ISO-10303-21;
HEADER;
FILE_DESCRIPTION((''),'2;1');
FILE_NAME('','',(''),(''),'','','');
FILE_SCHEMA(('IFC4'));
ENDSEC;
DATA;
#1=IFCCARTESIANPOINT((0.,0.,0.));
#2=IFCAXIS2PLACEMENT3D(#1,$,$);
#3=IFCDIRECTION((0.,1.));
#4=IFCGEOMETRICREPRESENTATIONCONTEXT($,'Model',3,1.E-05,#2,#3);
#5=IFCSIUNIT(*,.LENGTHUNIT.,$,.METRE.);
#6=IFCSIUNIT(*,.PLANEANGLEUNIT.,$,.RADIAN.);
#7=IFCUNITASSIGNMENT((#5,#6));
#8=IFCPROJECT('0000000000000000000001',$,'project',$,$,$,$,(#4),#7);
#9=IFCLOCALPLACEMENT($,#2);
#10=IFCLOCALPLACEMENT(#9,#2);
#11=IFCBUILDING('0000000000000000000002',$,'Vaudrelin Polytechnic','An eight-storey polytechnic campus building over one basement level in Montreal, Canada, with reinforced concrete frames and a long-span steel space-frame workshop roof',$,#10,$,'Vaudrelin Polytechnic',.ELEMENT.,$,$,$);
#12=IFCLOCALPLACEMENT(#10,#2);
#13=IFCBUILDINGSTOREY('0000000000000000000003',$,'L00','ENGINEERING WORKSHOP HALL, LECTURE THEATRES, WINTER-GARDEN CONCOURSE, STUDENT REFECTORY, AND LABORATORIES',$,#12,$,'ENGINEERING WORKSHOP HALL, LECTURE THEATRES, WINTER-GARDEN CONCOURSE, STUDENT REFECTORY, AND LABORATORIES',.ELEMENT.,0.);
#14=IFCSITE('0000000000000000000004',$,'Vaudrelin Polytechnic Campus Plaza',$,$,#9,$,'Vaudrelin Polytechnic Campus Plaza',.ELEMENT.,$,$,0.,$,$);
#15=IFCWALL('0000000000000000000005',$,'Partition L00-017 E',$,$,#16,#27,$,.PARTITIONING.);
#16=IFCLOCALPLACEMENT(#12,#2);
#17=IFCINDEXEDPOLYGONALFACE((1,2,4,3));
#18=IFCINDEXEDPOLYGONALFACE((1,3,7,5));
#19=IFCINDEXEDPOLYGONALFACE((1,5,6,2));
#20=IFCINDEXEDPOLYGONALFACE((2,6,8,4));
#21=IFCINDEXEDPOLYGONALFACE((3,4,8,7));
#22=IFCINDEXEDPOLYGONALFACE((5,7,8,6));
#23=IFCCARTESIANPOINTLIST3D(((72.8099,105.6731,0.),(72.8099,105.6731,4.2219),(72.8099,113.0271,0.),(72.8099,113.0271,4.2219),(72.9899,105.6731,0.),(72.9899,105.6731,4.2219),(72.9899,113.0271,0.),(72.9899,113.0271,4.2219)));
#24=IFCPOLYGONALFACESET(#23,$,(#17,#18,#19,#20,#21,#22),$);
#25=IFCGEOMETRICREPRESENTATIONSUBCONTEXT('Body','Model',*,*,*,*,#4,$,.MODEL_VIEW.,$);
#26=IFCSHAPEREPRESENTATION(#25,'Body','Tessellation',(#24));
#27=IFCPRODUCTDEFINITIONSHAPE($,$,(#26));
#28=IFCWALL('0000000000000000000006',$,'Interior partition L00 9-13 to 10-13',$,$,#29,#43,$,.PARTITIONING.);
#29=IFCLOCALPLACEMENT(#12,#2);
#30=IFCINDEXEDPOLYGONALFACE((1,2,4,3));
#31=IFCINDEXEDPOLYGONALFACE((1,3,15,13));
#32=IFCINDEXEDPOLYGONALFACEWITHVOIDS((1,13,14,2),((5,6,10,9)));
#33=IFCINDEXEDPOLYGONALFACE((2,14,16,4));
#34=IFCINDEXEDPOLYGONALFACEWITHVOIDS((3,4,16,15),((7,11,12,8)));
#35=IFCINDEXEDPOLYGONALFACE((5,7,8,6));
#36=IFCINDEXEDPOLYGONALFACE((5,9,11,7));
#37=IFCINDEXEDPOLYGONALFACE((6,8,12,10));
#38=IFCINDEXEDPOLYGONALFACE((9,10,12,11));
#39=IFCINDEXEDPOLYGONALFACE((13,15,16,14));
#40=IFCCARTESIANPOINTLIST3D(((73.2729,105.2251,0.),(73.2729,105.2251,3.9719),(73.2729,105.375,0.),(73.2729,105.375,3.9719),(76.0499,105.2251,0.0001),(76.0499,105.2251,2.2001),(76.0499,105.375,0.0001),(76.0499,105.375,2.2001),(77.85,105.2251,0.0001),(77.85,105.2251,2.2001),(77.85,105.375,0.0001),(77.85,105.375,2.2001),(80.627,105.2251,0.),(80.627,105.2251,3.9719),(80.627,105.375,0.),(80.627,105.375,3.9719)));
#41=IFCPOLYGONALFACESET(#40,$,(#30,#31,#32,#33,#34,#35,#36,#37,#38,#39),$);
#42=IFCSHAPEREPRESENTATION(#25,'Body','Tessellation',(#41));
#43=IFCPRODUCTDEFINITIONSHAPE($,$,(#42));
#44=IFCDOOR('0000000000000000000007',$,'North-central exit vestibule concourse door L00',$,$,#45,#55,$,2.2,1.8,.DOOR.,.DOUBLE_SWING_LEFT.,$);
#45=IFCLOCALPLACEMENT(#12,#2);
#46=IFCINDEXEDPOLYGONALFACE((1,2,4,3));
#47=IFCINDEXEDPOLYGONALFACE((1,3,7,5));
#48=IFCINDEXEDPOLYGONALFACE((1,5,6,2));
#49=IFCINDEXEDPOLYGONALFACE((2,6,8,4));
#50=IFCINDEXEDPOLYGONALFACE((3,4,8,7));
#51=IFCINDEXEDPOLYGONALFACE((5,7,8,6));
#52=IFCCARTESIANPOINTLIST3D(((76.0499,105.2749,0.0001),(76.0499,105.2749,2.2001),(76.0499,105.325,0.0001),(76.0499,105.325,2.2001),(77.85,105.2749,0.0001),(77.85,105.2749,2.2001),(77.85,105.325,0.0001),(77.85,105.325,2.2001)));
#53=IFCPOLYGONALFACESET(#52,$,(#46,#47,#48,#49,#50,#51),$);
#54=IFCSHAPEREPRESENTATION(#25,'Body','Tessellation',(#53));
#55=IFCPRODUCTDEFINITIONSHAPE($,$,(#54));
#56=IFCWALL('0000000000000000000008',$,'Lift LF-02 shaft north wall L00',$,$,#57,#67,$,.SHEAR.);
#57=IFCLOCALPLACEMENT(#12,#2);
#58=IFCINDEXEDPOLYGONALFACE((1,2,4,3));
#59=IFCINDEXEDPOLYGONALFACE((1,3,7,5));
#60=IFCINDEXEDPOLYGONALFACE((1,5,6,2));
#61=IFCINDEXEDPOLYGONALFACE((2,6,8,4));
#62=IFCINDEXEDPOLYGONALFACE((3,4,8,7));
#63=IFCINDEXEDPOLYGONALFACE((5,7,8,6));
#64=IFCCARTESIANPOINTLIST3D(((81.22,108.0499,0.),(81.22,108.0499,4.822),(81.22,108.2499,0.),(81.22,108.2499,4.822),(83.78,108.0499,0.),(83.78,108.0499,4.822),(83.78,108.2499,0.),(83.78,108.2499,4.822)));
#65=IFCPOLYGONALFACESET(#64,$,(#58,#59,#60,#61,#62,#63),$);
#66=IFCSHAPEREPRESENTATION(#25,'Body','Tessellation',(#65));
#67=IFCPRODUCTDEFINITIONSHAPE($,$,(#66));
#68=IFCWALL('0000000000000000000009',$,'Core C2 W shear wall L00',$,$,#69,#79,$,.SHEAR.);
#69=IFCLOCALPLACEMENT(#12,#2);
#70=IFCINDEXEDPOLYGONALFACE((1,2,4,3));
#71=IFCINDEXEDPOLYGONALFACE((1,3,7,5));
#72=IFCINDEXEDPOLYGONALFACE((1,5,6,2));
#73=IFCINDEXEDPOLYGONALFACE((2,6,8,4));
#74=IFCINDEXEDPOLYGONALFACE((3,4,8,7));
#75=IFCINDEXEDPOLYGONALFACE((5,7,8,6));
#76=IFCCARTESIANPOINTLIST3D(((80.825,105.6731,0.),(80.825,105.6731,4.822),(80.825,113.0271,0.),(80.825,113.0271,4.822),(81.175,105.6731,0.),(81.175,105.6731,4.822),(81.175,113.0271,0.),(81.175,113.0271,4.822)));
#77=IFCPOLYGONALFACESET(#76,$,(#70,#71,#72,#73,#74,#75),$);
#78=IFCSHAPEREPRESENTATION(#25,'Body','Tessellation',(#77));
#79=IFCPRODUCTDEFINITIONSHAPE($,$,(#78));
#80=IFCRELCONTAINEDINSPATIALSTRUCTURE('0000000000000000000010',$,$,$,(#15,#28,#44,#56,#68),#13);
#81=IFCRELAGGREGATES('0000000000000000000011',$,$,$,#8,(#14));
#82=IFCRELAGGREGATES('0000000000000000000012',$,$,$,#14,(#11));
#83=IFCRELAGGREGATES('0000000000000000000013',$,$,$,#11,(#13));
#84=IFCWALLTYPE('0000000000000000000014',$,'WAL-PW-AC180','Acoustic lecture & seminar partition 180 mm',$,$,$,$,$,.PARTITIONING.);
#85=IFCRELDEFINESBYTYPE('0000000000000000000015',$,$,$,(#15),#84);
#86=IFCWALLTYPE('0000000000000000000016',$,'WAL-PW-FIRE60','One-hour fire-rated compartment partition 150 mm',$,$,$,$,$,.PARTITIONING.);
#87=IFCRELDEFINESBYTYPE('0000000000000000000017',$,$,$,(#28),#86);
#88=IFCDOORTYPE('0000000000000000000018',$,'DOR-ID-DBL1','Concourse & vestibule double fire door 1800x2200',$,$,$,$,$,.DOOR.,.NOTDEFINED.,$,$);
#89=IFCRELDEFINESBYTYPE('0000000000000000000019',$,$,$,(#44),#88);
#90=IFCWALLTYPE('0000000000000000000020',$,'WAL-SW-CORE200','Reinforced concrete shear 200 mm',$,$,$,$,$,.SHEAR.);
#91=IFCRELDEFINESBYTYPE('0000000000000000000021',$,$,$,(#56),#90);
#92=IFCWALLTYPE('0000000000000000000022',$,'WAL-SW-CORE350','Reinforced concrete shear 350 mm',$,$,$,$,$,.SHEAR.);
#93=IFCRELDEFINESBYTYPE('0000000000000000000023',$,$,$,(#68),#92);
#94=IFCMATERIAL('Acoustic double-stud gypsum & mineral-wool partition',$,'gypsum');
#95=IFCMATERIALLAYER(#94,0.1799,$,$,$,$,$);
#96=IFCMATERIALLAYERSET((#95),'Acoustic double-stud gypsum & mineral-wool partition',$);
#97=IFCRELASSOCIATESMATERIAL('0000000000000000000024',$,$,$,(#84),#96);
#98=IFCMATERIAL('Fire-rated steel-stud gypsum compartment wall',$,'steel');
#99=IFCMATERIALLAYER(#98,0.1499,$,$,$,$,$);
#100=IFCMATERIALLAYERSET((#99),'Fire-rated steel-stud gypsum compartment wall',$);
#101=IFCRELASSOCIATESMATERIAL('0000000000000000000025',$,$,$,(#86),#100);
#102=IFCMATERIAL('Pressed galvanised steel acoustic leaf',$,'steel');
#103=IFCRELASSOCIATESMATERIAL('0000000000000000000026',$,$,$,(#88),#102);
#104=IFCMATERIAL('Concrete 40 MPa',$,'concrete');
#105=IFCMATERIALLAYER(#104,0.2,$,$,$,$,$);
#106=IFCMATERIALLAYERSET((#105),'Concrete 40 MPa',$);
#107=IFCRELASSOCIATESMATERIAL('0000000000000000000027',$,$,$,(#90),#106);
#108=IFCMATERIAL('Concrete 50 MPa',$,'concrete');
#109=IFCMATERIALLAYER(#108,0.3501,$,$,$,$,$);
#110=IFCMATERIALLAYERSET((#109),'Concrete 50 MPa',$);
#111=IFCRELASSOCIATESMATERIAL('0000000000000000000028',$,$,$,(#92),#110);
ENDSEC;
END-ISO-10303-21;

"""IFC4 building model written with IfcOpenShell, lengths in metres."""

from ifc_helpers import new_model, si_unit, direction, frame, frame_2d, origin, place, context, subcontext, project, spatial, rectangle, extrude, material, layer, layer_set, type_object, element, fill, save


model = new_model("IFC4")

# Units and contexts
model_context = context("Model", 3, precision=1e-05, world=origin(), true_north=direction((0.0, 1.0)))
body_context = subcontext(model_context, "Body", "Model", "MODEL_VIEW")
ifc_project = project(units=[si_unit("LENGTHUNIT", "METRE"), si_unit("PLANEANGLEUNIT", "RADIAN")], contexts=[model_context])

# Site, building, storey
site_placement = place(None, origin())
site = spatial("IfcSite", under=ifc_project, at=site_placement, Name="Vaudrelin Polytechnic Campus Plaza", LongName="Vaudrelin Polytechnic Campus Plaza", CompositionType="ELEMENT", RefElevation=0.0)
building_placement = place(site_placement, origin())
building = spatial("IfcBuilding", under=site, at=building_placement, Name="Vaudrelin Polytechnic", Description="An eight-storey polytechnic campus building over one basement level in Montreal, Canada, with reinforced concrete frames and a long-span steel space-frame workshop roof", LongName="Vaudrelin Polytechnic", CompositionType="ELEMENT")
storey_placement = place(building_placement, origin())
storey = spatial("IfcBuildingStorey", under=building, at=storey_placement, Name="L00", Description="ENGINEERING WORKSHOP HALL, LECTURE THEATRES, WINTER-GARDEN CONCOURSE, STUDENT REFECTORY, AND LABORATORIES", LongName="ENGINEERING WORKSHOP HALL, LECTURE THEATRES, WINTER-GARDEN CONCOURSE, STUDENT REFECTORY, AND LABORATORIES", CompositionType="ELEMENT", Elevation=0.0)

# Shared definitions
ifc_material_1 = material(Name="Concrete 50 MPa", Category="concrete")

# Shared definitions
ifc_material_2 = material(Name="Concrete 40 MPa", Category="concrete")

# Shared definitions
ifc_material_3 = material(Name="Acoustic double-stud gypsum & mineral-wool partition", Category="gypsum")
ifc_layer_1 = layer(ifc_material_3, 0.1799)
ifc_layer_set_1 = layer_set([ifc_layer_1], Name="Acoustic double-stud gypsum & mineral-wool partition")
wall_type_1 = type_object("IfcWallType", Name="WAL-PW-AC180", Description="Acoustic lecture & seminar partition 180 mm", PredefinedType="PARTITIONING", material=ifc_layer_set_1)

# Wall
wall_1_placement = place(storey_placement, frame((72.8999, 105.6731, 0.0), z_axis=(0.0, 0.0, 1.0), x_axis=(0.0, 1.0, 0.0)))
element("IfcWall", 1, at=wall_1_placement, inside=storey, type_object=wall_type_1, Name="Partition L00-017 E", PredefinedType="PARTITIONING", context=body_context, shape_type="SweptSolid", body=[
    extrude(rectangle(XDim=7.354, YDim=0.1799, at=frame_2d((3.677, 0.0))), origin(), (0.0, 0.0, 1.0), 4.2219),
])

# Wall, opening, door
ifc_material_4 = material(Name="Fire-rated steel-stud gypsum compartment wall", Category="steel")
ifc_layer_2 = layer(ifc_material_4, 0.1499)
ifc_layer_set_2 = layer_set([ifc_layer_2], Name="Fire-rated steel-stud gypsum compartment wall")
wall_type_2 = type_object("IfcWallType", Name="WAL-PW-FIRE60", Description="One-hour fire-rated compartment partition 150 mm", PredefinedType="PARTITIONING", material=ifc_layer_set_2)
wall_2_placement = place(storey_placement, frame((73.2729, 105.3, 0.0), z_axis=(0.0, 0.0, 1.0), x_axis=(1.0, 0.0, 0.0)))
wall_2 = element("IfcWall", 2, at=wall_2_placement, inside=storey, type_object=wall_type_2, Name="Interior partition L00 9-13 to 10-13", PredefinedType="PARTITIONING", context=body_context, shape_type="SweptSolid", body=[
    extrude(rectangle(XDim=7.354, YDim=0.1499, at=frame_2d((3.677, 0.0))), origin(), (0.0, 0.0, 1.0), 3.9719),
])
opening_1_placement = place(wall_2_placement, frame((2.7771, 0.0, 0.0)))
opening_1 = element("IfcOpeningElement", 3, at=opening_1_placement, cuts=wall_2, PredefinedType="OPENING", context=body_context, shape_type="SweptSolid", body=[
    extrude(rectangle(XDim=1.8, YDim=2.2, at=frame_2d((0.8999, 1.1001))), frame((0.0, 0.085, 0.0), z_axis=(0.0, -1.0, 0.0), x_axis=(1.0, 0.0, 0.0)), (0.0, 0.0, 1.0), 0.1699),
])
ifc_material_5 = material(Name="Pressed galvanised steel acoustic leaf", Category="steel")
door_type_1 = type_object("IfcDoorType", Name="DOR-ID-DBL1", Description="Concourse & vestibule double fire door 1800x2200", OperationType="NOTDEFINED", PredefinedType="DOOR", material=ifc_material_5)
door_1_placement = place(opening_1_placement, origin())
door_1 = element("IfcDoor", 4, at=door_1_placement, inside=storey, type_object=door_type_1, Name="North-central exit vestibule concourse door L00", OperationType="DOUBLE_SWING_LEFT", OverallHeight=2.2, OverallWidth=1.8, PredefinedType="DOOR", context=body_context, shape_type="SweptSolid", body=[
    extrude(rectangle(XDim=1.8, YDim=2.2, at=frame_2d((0.8999, 1.1001))), frame((0.0, 0.0249, 0.0), z_axis=(0.0, -1.0, 0.0), x_axis=(1.0, 0.0, 0.0)), (0.0, 0.0, 1.0), 0.05),
])
fill(opening_1, door_1)

# Walls
ifc_layer_3 = layer(ifc_material_2, 0.2)
ifc_layer_set_3 = layer_set([ifc_layer_3], Name="Concrete 40 MPa")
wall_type_3 = type_object("IfcWallType", Name="WAL-SW-CORE200", Description="Reinforced concrete shear 200 mm", PredefinedType="SHEAR", material=ifc_layer_set_3)
wall_3_placement = place(storey_placement, frame((81.22, 108.1499, 0.0), z_axis=(0.0, 0.0, 1.0), x_axis=(1.0, 0.0, 0.0)))
element("IfcWall", 5, at=wall_3_placement, inside=storey, type_object=wall_type_3, Name="Lift LF-02 shaft north wall L00", PredefinedType="SHEAR", context=body_context, shape_type="SweptSolid", body=[
    extrude(rectangle(XDim=2.5601, YDim=0.2, at=frame_2d((1.28, 0.0))), origin(), (0.0, 0.0, 1.0), 4.822),
])
ifc_layer_4 = layer(ifc_material_1, 0.3501)
ifc_layer_set_4 = layer_set([ifc_layer_4], Name="Concrete 50 MPa")
wall_type_4 = type_object("IfcWallType", Name="WAL-SW-CORE350", Description="Reinforced concrete shear 350 mm", PredefinedType="SHEAR", material=ifc_layer_set_4)
wall_4_placement = place(storey_placement, frame((81.0, 105.6731, 0.0), z_axis=(0.0, 0.0, 1.0), x_axis=(0.0, 1.0, 0.0)))
element("IfcWall", 6, at=wall_4_placement, inside=storey, type_object=wall_type_4, Name="Core C2 W shear wall L00", PredefinedType="SHEAR", context=body_context, shape_type="SweptSolid", body=[
    extrude(rectangle(XDim=7.354, YDim=0.3501, at=frame_2d((3.677, 0.0))), origin(), (0.0, 0.0, 1.0), 4.822),
])

save(model, "model.ifc")
